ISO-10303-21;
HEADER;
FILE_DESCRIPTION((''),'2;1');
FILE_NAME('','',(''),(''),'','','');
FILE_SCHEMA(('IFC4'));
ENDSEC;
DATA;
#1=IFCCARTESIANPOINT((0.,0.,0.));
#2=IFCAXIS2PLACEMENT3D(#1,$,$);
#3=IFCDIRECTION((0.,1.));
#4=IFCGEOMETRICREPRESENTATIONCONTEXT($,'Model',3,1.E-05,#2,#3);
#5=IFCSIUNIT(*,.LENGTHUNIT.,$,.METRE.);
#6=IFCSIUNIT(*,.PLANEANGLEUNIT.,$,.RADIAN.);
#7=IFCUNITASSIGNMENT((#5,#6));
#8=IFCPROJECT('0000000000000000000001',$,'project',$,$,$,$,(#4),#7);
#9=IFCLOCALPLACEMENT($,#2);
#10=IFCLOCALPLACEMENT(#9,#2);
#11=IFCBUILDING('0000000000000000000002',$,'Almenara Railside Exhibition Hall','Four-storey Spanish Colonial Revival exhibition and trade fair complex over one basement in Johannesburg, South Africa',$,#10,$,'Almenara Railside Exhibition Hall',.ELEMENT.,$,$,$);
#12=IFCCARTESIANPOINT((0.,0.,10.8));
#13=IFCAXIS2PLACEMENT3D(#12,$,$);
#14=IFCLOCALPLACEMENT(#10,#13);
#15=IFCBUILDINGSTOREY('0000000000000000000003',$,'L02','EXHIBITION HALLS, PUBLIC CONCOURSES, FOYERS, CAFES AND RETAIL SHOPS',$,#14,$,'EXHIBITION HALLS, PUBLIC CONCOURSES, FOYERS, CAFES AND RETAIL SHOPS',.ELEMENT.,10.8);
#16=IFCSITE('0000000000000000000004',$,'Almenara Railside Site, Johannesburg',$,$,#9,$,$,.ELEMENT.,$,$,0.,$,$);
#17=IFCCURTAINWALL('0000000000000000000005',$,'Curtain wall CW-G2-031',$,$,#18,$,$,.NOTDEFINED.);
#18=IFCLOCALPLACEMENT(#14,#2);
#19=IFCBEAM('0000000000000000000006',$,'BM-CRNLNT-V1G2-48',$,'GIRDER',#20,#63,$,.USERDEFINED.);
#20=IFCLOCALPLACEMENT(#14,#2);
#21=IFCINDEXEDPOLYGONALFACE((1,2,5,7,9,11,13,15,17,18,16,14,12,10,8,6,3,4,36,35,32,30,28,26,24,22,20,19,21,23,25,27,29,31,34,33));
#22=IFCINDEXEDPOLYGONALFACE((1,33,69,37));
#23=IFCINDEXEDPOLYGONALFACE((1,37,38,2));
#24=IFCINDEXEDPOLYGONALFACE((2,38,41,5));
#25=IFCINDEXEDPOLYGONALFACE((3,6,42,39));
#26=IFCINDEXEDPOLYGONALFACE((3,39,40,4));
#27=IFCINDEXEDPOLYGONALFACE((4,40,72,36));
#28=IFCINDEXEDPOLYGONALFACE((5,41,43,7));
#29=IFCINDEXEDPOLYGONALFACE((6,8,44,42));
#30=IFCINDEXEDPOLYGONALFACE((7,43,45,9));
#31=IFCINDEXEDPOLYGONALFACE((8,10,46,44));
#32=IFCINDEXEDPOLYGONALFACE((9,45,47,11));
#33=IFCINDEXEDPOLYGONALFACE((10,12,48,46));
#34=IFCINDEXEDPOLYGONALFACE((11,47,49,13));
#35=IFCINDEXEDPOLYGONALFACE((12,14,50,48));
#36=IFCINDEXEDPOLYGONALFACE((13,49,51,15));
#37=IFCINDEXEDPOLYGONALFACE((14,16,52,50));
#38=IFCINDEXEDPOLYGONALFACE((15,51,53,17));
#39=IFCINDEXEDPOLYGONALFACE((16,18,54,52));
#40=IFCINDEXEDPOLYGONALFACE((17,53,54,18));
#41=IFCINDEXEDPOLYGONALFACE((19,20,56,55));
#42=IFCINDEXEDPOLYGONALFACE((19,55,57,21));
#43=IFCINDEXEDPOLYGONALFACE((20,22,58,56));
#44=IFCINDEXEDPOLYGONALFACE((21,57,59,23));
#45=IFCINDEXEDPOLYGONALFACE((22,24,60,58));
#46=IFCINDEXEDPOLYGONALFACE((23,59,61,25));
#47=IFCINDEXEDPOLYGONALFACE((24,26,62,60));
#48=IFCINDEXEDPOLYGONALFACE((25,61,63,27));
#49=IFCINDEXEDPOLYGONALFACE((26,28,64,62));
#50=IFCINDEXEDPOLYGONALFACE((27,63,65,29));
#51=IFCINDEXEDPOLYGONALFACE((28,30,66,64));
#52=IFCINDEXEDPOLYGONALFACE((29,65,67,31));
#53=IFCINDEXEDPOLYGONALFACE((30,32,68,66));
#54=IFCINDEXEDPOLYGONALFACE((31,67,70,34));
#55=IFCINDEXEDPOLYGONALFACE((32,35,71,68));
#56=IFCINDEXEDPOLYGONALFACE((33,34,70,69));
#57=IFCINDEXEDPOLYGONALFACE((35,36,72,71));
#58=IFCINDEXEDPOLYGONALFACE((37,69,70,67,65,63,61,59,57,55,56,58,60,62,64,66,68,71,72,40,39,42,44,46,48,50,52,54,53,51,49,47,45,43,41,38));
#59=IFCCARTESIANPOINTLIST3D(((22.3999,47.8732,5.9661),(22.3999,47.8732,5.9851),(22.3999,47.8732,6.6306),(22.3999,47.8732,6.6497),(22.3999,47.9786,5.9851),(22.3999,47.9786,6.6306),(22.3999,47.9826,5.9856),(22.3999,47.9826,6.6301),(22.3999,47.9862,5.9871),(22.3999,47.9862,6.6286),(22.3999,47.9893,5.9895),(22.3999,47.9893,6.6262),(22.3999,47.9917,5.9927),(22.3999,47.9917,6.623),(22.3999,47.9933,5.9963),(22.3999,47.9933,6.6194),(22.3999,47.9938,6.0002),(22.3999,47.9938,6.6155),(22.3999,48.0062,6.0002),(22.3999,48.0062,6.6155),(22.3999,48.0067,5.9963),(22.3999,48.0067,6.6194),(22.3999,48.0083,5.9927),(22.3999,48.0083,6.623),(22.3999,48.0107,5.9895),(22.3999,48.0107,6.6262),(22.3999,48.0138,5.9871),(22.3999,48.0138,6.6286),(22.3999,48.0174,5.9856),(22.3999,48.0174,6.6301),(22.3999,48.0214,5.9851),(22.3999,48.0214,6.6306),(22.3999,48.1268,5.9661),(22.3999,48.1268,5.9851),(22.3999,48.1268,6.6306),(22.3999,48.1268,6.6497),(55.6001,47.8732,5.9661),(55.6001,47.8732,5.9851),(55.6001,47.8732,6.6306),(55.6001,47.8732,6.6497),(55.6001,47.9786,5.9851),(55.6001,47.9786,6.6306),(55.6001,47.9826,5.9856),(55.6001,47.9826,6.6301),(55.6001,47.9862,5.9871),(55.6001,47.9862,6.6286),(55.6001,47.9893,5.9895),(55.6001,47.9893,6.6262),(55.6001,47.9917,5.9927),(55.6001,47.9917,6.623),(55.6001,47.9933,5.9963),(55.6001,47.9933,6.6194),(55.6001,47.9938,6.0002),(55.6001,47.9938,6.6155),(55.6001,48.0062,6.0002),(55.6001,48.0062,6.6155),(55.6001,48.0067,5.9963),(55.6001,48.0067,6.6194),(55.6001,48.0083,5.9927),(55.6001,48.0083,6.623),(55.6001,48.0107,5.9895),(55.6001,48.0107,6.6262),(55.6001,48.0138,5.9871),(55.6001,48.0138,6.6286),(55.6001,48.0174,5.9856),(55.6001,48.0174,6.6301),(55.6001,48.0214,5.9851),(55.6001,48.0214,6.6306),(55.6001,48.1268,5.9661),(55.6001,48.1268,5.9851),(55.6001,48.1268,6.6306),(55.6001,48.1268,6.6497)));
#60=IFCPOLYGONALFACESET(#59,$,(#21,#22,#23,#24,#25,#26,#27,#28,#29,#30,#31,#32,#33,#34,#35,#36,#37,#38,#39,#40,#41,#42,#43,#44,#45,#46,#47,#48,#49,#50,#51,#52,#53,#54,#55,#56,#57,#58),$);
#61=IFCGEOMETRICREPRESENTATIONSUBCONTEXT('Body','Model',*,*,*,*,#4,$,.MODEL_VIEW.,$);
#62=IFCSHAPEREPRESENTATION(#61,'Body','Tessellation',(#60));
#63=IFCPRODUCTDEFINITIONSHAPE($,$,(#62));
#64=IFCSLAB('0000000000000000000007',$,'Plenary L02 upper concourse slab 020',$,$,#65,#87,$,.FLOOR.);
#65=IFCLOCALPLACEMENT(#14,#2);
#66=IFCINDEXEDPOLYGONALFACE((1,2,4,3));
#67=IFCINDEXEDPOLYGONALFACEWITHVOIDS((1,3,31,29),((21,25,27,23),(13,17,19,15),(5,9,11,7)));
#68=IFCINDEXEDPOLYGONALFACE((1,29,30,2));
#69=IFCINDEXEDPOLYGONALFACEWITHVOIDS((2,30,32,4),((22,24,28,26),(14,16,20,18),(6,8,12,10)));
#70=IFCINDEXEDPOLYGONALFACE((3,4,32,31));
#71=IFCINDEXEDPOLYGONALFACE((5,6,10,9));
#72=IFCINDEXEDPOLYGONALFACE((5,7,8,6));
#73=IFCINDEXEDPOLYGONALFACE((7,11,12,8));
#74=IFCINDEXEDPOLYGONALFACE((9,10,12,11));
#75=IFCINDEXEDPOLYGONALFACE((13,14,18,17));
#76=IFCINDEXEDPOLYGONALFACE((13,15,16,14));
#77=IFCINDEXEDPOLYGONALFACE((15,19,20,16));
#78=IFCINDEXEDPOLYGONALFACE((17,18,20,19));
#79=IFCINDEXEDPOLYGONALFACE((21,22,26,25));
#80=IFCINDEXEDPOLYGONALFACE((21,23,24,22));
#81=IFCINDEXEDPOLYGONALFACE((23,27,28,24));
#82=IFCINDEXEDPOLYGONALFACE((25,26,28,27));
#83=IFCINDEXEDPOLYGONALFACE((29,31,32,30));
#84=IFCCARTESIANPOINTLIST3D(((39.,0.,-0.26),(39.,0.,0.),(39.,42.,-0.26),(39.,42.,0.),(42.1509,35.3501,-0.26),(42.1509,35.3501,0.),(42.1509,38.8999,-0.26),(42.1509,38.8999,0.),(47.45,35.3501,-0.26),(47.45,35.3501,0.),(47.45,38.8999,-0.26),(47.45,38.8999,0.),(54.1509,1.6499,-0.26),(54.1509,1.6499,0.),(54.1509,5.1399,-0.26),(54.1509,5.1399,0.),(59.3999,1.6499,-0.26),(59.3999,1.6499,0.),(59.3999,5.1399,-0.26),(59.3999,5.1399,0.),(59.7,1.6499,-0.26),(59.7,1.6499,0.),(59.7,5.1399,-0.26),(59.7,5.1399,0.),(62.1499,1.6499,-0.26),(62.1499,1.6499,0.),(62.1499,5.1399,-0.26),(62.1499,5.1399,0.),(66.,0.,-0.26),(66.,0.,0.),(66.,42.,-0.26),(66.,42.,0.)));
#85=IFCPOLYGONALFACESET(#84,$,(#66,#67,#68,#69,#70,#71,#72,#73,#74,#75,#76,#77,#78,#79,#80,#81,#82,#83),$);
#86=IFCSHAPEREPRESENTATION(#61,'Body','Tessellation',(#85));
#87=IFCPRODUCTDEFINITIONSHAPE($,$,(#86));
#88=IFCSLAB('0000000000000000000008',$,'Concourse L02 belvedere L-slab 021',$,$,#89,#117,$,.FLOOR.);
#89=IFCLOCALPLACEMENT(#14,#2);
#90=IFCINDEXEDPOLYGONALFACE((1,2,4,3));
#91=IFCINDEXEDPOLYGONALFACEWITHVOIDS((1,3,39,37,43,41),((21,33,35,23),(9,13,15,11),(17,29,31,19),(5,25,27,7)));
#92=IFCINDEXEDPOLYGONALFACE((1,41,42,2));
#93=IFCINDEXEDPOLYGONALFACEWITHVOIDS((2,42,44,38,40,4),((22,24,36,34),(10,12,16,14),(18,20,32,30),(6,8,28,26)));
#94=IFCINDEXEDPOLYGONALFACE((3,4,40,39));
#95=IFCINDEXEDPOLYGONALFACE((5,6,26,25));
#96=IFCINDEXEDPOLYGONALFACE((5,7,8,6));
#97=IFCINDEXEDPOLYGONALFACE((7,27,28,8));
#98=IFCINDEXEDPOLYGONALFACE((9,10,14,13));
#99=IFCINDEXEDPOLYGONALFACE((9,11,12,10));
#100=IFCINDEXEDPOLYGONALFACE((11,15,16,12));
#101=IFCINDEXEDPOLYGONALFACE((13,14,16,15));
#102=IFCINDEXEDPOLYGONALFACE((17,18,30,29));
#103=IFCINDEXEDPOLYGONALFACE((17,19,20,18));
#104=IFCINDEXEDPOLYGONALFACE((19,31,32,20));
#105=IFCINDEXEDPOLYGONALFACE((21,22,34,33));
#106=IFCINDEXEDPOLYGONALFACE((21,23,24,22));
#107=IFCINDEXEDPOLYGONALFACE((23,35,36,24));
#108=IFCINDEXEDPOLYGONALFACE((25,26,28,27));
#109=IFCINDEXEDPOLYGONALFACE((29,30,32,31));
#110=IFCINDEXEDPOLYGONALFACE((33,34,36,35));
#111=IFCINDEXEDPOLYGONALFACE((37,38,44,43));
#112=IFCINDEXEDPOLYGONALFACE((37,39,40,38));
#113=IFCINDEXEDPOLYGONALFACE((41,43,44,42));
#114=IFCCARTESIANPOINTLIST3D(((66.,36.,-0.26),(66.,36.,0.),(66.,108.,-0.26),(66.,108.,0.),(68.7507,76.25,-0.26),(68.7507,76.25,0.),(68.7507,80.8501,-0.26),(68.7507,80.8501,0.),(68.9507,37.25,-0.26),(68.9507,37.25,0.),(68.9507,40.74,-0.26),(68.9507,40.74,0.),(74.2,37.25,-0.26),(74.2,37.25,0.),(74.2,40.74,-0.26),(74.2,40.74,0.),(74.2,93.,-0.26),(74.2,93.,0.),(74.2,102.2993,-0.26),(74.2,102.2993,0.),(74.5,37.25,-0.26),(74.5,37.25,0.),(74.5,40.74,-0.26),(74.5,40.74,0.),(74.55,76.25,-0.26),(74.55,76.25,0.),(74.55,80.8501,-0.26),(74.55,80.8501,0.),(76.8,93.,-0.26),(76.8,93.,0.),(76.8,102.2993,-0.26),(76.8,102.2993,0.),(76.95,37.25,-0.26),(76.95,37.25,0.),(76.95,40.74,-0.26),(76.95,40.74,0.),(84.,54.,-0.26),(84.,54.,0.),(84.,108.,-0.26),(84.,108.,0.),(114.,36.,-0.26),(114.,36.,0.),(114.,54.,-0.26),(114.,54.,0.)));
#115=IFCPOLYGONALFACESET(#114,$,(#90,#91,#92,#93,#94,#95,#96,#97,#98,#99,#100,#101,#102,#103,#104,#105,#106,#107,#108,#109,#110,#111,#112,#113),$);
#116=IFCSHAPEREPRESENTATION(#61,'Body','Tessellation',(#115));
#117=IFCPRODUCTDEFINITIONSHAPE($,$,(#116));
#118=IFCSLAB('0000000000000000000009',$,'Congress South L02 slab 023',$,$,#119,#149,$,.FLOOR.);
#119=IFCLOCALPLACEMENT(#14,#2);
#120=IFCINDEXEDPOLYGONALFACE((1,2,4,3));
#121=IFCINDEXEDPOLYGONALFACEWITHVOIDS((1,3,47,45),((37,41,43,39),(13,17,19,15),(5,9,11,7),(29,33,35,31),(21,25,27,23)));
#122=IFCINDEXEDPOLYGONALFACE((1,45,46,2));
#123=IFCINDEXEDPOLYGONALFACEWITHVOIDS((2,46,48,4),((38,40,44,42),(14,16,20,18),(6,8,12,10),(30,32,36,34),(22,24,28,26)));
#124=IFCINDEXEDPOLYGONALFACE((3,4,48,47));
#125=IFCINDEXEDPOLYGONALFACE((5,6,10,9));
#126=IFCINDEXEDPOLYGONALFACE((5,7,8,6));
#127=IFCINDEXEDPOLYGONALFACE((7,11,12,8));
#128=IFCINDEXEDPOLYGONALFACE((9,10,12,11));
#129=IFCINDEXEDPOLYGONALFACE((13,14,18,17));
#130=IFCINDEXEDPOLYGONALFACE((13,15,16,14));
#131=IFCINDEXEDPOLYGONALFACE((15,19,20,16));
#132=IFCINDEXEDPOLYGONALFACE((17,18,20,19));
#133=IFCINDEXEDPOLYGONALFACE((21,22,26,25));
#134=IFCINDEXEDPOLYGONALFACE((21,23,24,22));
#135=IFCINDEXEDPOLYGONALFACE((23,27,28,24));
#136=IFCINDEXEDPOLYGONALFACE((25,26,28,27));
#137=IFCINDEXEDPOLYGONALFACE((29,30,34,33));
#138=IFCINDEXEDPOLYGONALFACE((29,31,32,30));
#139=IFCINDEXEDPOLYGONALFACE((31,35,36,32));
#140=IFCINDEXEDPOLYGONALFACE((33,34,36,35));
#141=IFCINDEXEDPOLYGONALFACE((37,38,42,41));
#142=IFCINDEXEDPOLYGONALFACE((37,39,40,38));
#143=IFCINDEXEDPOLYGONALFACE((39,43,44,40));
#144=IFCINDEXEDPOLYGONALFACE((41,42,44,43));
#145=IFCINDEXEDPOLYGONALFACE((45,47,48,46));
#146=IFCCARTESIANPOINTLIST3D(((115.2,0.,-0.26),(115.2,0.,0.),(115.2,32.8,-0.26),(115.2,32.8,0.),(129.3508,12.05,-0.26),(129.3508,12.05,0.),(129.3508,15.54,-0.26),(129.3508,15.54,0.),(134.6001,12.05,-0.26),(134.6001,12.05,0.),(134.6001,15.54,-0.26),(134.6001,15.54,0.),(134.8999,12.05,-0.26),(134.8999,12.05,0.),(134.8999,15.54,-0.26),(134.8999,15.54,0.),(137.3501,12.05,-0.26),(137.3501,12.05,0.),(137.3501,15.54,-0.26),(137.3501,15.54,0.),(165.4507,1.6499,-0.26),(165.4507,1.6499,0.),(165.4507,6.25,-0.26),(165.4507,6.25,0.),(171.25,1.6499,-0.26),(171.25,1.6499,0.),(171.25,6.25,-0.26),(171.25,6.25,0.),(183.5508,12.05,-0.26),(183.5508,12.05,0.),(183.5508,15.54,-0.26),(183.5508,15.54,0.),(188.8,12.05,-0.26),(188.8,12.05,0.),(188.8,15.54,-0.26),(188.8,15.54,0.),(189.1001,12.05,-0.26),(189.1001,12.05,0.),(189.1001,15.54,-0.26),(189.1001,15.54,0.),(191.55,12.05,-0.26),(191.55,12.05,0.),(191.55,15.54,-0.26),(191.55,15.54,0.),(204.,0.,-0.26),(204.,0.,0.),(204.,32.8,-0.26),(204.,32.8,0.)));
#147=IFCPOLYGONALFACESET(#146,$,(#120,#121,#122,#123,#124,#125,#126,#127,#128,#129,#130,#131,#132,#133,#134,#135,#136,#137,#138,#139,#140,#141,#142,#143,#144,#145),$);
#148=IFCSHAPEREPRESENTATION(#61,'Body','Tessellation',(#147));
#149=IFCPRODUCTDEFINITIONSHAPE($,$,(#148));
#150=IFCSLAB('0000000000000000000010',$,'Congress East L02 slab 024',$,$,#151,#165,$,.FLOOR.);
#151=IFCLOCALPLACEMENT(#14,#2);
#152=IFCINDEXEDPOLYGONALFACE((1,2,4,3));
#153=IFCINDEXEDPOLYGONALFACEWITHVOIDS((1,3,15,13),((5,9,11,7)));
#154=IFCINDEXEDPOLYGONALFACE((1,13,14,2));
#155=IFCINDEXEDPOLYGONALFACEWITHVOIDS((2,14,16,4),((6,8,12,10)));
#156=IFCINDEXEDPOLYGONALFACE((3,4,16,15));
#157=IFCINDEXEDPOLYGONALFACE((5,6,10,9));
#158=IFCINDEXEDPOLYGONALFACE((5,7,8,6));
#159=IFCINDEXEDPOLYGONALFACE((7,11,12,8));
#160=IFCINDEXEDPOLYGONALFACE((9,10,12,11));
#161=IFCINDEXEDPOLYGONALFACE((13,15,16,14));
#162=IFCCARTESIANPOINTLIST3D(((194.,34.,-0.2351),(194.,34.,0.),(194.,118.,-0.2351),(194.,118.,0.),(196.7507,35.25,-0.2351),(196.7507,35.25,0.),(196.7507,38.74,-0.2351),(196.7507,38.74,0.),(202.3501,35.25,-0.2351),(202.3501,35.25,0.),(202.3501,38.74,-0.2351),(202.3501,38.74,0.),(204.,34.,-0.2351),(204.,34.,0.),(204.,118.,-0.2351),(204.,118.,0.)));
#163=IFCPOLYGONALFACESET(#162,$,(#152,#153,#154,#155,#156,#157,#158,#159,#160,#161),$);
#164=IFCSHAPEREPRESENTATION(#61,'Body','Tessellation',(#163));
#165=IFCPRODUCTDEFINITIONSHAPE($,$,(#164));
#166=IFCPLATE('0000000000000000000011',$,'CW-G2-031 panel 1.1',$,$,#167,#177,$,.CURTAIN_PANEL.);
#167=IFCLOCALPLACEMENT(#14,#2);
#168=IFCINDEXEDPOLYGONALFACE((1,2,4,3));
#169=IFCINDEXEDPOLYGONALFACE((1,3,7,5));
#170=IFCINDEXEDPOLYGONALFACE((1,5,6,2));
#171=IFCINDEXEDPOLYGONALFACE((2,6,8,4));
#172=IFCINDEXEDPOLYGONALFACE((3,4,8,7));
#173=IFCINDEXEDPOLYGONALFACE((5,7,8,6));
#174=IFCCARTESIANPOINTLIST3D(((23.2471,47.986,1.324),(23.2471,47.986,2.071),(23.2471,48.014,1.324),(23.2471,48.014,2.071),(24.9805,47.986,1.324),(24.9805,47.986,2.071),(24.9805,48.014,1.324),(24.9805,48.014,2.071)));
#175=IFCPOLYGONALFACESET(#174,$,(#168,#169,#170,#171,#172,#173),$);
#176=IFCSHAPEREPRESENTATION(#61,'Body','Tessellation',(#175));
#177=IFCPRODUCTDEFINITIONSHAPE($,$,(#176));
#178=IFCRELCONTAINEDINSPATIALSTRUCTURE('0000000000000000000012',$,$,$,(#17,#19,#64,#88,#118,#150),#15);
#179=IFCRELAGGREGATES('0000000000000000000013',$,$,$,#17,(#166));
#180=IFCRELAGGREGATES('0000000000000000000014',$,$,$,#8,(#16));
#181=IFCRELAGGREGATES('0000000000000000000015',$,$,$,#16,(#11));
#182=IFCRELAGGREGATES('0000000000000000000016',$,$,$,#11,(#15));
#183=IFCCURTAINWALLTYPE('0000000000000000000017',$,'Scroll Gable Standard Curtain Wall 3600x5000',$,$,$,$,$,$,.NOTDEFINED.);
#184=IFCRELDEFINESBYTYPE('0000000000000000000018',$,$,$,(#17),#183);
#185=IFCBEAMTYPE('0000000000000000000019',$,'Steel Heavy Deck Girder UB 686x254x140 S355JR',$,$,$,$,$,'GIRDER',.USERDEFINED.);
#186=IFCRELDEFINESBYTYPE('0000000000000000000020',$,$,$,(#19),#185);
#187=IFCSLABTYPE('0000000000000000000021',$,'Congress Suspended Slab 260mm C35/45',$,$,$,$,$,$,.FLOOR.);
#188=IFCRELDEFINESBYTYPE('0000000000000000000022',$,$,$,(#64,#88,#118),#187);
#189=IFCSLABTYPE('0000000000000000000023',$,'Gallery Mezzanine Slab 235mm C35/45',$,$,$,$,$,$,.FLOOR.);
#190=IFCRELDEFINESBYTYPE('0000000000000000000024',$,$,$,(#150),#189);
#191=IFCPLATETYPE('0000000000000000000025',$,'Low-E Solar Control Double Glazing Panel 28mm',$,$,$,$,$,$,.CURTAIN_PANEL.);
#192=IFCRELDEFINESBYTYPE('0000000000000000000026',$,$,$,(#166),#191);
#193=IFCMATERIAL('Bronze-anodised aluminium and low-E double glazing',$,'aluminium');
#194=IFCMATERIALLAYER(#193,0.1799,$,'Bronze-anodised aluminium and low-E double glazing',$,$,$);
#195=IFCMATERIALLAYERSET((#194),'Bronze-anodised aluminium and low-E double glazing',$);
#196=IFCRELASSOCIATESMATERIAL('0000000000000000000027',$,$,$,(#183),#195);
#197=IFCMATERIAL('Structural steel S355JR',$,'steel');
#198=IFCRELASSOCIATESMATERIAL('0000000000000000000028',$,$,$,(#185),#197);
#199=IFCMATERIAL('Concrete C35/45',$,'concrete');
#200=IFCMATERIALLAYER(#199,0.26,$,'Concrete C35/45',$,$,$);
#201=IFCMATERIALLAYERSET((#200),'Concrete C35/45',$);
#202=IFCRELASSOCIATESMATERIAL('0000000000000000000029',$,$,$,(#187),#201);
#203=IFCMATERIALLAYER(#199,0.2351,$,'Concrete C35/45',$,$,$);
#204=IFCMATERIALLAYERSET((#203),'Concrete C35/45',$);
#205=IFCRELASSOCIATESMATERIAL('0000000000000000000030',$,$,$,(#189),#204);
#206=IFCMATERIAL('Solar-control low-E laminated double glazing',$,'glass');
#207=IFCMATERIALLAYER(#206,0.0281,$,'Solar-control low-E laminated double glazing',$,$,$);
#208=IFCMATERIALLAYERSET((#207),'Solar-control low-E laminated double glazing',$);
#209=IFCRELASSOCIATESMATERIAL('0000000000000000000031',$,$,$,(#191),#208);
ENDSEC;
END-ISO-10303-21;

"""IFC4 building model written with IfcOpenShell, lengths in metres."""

from ifc_helpers import new_model, si_unit, direction, frame, origin, origin_2d, place, context, subcontext, project, spatial, polyline, rectangle, i_section, outline, extrude, material, layer, layer_set, material_profile, profile_set, type_object, element, aggregate, save


model = new_model("IFC4")

# Units and contexts
model_context = context("Model", 3, precision=1e-05, world=origin(), true_north=direction((0.0, 1.0)))
body_context = subcontext(model_context, "Body", "Model", "MODEL_VIEW")
ifc_project = project(units=[si_unit("LENGTHUNIT", "METRE"), si_unit("PLANEANGLEUNIT", "RADIAN")], contexts=[model_context])

# Site, building, storey
site_placement = place(None, origin())
site = spatial("IfcSite", under=ifc_project, at=site_placement, Name="Almenara Railside Site, Johannesburg", CompositionType="ELEMENT", RefElevation=0.0)
building_placement = place(site_placement, origin())
building = spatial("IfcBuilding", under=site, at=building_placement, Name="Almenara Railside Exhibition Hall", Description="Four-storey Spanish Colonial Revival exhibition and trade fair complex over one basement in Johannesburg, South Africa", LongName="Almenara Railside Exhibition Hall", CompositionType="ELEMENT")
storey_placement = place(building_placement, frame((0.0, 0.0, 10.8)))
storey = spatial("IfcBuildingStorey", under=building, at=storey_placement, Name="L02", Description="EXHIBITION HALLS, PUBLIC CONCOURSES, FOYERS, CAFES AND RETAIL SHOPS", LongName="EXHIBITION HALLS, PUBLIC CONCOURSES, FOYERS, CAFES AND RETAIL SHOPS", CompositionType="ELEMENT", Elevation=10.8)

# Shared definitions
ifc_material_1 = material(Name="Structural steel S355JR", Category="steel")

# Curtain wall
ifc_material_2 = material(Name="Bronze-anodised aluminium and low-E double glazing", Category="aluminium")
ifc_layer_1 = layer(ifc_material_2, 0.1799, Name="Bronze-anodised aluminium and low-E double glazing")
ifc_layer_set_1 = layer_set([ifc_layer_1], Name="Bronze-anodised aluminium and low-E double glazing")
curtain_wall_type = type_object("IfcCurtainWallType", Name="Scroll Gable Standard Curtain Wall 3600x5000", PredefinedType="NOTDEFINED", material=ifc_layer_set_1)
curtain_wall_1_placement = place(storey_placement, origin())
curtain_wall_1 = element("IfcCurtainWall", 1, at=curtain_wall_1_placement, inside=storey, type_object=curtain_wall_type, Name="Curtain wall CW-G2-031", PredefinedType="NOTDEFINED")

# Beam
ifc_material_profile_1 = material_profile(ifc_material_1, i_section(OverallWidth=0.2537, OverallDepth=0.6836, WebThickness=0.0125, FlangeThickness=0.019, FilletRadius=0.0151, at=origin_2d()), Name="UB 686x254x140")
ifc_profile_set_1 = profile_set([ifc_material_profile_1], Name="Structural steel S355JR")
beam_type_1 = type_object("IfcBeamType", Name="Steel Heavy Deck Girder UB 686x254x140 S355JR", ElementType="GIRDER", PredefinedType="USERDEFINED", material=ifc_profile_set_1)
beam_1_placement = place(storey_placement, frame((22.3999, 48.0, 6.3079), z_axis=(1.0, 0.0, 0.0), x_axis=(0.0, 1.0, 0.0)))
element("IfcBeam", 2, at=beam_1_placement, inside=storey, type_object=beam_type_1, Name="BM-CRNLNT-V1G2-48", ObjectType="GIRDER", PredefinedType="USERDEFINED", context=body_context, shape_type="SweptSolid", body=[
    extrude(i_section(OverallWidth=0.2537, OverallDepth=0.6836, WebThickness=0.0125, FlangeThickness=0.019, FilletRadius=0.0151, at=origin_2d()), origin(), (0.0, 0.0, 1.0), 33.2002),
])

# Slabs
ifc_material_3 = material(Name="Concrete C35/45", Category="concrete")
ifc_layer_2 = layer(ifc_material_3, 0.26, Name="Concrete C35/45")
ifc_layer_set_2 = layer_set([ifc_layer_2], Name="Concrete C35/45")
slab_type_1 = type_object("IfcSlabType", Name="Congress Suspended Slab 260mm C35/45", PredefinedType="FLOOR", material=ifc_layer_set_2)
slab_1_placement = place(storey_placement, frame((0.0, 0.0, -0.26)))
element("IfcSlab", 3, at=slab_1_placement, inside=storey, type_object=slab_type_1, Name="Plenary L02 upper concourse slab 020", PredefinedType="FLOOR", context=body_context, shape_type="SweptSolid", body=[
    extrude(outline(polyline([(39.0, 0.0), (66.0, 0.0), (66.0, 42.0), (39.0, 42.0), (39.0, 0.0)]), holes=[polyline([(54.1509, 1.6499), (59.3999, 1.6499), (59.3999, 5.1399), (54.1509, 5.1399), (54.1509, 1.6499)]), polyline([(59.7, 1.6499), (62.1499, 1.6499), (62.1499, 5.1399), (59.7, 5.1399), (59.7, 1.6499)]), polyline([(42.1509, 35.3501), (47.45, 35.3501), (47.45, 38.8999), (42.1509, 38.8999), (42.1509, 35.3501)])]), origin(), (0.0, 0.0, 1.0), 0.26),
])
slab_2_placement = place(storey_placement, frame((0.0, 0.0, -0.26)))
element("IfcSlab", 4, at=slab_2_placement, inside=storey, type_object=slab_type_1, Name="Concourse L02 belvedere L-slab 021", PredefinedType="FLOOR", context=body_context, shape_type="SweptSolid", body=[
    extrude(outline(polyline([(66.0, 36.0), (114.0, 36.0), (114.0, 54.0), (84.0, 54.0), (84.0, 108.0), (66.0, 108.0), (66.0, 36.0)]), holes=[polyline([(68.9507, 37.25), (74.2, 37.25), (74.2, 40.74), (68.9507, 40.74), (68.9507, 37.25)]), polyline([(74.5, 37.25), (76.95, 37.25), (76.95, 40.74), (74.5, 40.74), (74.5, 37.25)]), polyline([(74.2, 93.0), (76.8, 93.0), (76.8, 102.2993), (74.2, 102.2993), (74.2, 93.0)]), polyline([(68.7507, 76.25), (74.55, 76.25), (74.55, 80.8501), (68.7507, 80.8501), (68.7507, 76.25)])]), origin(), (0.0, 0.0, 1.0), 0.26),
])
slab_3_placement = place(storey_placement, frame((0.0, 0.0, -0.26)))
element("IfcSlab", 5, at=slab_3_placement, inside=storey, type_object=slab_type_1, Name="Congress South L02 slab 023", PredefinedType="FLOOR", context=body_context, shape_type="SweptSolid", body=[
    extrude(outline(polyline([(115.2, 0.0), (204.0, 0.0), (204.0, 32.8), (115.2, 32.8), (115.2, 0.0)]), holes=[polyline([(129.3508, 12.05), (134.6001, 12.05), (134.6001, 15.54), (129.3508, 15.54), (129.3508, 12.05)]), polyline([(134.8999, 12.05), (137.3501, 12.05), (137.3501, 15.54), (134.8999, 15.54), (134.8999, 12.05)]), polyline([(183.5508, 12.05), (188.8, 12.05), (188.8, 15.54), (183.5508, 15.54), (183.5508, 12.05)]), polyline([(189.1001, 12.05), (191.55, 12.05), (191.55, 15.54), (189.1001, 15.54), (189.1001, 12.05)]), polyline([(165.4507, 1.6499), (171.25, 1.6499), (171.25, 6.25), (165.4507, 6.25), (165.4507, 1.6499)])]), origin(), (0.0, 0.0, 1.0), 0.26),
])
ifc_layer_3 = layer(ifc_material_3, 0.2351, Name="Concrete C35/45")
ifc_layer_set_3 = layer_set([ifc_layer_3], Name="Concrete C35/45")
slab_type_2 = type_object("IfcSlabType", Name="Gallery Mezzanine Slab 235mm C35/45", PredefinedType="FLOOR", material=ifc_layer_set_3)
slab_4_placement = place(storey_placement, frame((0.0, 0.0, -0.2351)))
element("IfcSlab", 6, at=slab_4_placement, inside=storey, type_object=slab_type_2, Name="Congress East L02 slab 024", PredefinedType="FLOOR", context=body_context, shape_type="SweptSolid", body=[
    extrude(outline(polyline([(194.0, 34.0), (204.0, 34.0), (204.0, 118.0), (194.0, 118.0), (194.0, 34.0)]), holes=[polyline([(196.7507, 35.25), (202.3501, 35.25), (202.3501, 38.74), (196.7507, 38.74), (196.7507, 35.25)])]), origin(), (0.0, 0.0, 1.0), 0.2351),
])

# Plate
ifc_material_4 = material(Name="Solar-control low-E laminated double glazing", Category="glass")
ifc_layer_4 = layer(ifc_material_4, 0.0281, Name="Solar-control low-E laminated double glazing")
ifc_layer_set_4 = layer_set([ifc_layer_4], Name="Solar-control low-E laminated double glazing")
plate_type = type_object("IfcPlateType", Name="Low-E Solar Control Double Glazing Panel 28mm", PredefinedType="CURTAIN_PANEL", material=ifc_layer_set_4)
plate_1_placement = place(storey_placement, frame((24.1138, 48.0, 1.324), z_axis=(0.0, 0.0, 1.0), x_axis=(1.0, 0.0, 0.0)))
plate_1 = element("IfcPlate", 7, at=plate_1_placement, type_object=plate_type, Name="CW-G2-031 panel 1.1", PredefinedType="CURTAIN_PANEL", context=body_context, shape_type="SweptSolid", body=[
    extrude(rectangle(XDim=1.7334, YDim=0.0281, at=origin_2d()), origin(), (0.0, 0.0, 1.0), 0.7471),
])
aggregate(curtain_wall_1, [plate_1])

save(model, "model.ifc")
